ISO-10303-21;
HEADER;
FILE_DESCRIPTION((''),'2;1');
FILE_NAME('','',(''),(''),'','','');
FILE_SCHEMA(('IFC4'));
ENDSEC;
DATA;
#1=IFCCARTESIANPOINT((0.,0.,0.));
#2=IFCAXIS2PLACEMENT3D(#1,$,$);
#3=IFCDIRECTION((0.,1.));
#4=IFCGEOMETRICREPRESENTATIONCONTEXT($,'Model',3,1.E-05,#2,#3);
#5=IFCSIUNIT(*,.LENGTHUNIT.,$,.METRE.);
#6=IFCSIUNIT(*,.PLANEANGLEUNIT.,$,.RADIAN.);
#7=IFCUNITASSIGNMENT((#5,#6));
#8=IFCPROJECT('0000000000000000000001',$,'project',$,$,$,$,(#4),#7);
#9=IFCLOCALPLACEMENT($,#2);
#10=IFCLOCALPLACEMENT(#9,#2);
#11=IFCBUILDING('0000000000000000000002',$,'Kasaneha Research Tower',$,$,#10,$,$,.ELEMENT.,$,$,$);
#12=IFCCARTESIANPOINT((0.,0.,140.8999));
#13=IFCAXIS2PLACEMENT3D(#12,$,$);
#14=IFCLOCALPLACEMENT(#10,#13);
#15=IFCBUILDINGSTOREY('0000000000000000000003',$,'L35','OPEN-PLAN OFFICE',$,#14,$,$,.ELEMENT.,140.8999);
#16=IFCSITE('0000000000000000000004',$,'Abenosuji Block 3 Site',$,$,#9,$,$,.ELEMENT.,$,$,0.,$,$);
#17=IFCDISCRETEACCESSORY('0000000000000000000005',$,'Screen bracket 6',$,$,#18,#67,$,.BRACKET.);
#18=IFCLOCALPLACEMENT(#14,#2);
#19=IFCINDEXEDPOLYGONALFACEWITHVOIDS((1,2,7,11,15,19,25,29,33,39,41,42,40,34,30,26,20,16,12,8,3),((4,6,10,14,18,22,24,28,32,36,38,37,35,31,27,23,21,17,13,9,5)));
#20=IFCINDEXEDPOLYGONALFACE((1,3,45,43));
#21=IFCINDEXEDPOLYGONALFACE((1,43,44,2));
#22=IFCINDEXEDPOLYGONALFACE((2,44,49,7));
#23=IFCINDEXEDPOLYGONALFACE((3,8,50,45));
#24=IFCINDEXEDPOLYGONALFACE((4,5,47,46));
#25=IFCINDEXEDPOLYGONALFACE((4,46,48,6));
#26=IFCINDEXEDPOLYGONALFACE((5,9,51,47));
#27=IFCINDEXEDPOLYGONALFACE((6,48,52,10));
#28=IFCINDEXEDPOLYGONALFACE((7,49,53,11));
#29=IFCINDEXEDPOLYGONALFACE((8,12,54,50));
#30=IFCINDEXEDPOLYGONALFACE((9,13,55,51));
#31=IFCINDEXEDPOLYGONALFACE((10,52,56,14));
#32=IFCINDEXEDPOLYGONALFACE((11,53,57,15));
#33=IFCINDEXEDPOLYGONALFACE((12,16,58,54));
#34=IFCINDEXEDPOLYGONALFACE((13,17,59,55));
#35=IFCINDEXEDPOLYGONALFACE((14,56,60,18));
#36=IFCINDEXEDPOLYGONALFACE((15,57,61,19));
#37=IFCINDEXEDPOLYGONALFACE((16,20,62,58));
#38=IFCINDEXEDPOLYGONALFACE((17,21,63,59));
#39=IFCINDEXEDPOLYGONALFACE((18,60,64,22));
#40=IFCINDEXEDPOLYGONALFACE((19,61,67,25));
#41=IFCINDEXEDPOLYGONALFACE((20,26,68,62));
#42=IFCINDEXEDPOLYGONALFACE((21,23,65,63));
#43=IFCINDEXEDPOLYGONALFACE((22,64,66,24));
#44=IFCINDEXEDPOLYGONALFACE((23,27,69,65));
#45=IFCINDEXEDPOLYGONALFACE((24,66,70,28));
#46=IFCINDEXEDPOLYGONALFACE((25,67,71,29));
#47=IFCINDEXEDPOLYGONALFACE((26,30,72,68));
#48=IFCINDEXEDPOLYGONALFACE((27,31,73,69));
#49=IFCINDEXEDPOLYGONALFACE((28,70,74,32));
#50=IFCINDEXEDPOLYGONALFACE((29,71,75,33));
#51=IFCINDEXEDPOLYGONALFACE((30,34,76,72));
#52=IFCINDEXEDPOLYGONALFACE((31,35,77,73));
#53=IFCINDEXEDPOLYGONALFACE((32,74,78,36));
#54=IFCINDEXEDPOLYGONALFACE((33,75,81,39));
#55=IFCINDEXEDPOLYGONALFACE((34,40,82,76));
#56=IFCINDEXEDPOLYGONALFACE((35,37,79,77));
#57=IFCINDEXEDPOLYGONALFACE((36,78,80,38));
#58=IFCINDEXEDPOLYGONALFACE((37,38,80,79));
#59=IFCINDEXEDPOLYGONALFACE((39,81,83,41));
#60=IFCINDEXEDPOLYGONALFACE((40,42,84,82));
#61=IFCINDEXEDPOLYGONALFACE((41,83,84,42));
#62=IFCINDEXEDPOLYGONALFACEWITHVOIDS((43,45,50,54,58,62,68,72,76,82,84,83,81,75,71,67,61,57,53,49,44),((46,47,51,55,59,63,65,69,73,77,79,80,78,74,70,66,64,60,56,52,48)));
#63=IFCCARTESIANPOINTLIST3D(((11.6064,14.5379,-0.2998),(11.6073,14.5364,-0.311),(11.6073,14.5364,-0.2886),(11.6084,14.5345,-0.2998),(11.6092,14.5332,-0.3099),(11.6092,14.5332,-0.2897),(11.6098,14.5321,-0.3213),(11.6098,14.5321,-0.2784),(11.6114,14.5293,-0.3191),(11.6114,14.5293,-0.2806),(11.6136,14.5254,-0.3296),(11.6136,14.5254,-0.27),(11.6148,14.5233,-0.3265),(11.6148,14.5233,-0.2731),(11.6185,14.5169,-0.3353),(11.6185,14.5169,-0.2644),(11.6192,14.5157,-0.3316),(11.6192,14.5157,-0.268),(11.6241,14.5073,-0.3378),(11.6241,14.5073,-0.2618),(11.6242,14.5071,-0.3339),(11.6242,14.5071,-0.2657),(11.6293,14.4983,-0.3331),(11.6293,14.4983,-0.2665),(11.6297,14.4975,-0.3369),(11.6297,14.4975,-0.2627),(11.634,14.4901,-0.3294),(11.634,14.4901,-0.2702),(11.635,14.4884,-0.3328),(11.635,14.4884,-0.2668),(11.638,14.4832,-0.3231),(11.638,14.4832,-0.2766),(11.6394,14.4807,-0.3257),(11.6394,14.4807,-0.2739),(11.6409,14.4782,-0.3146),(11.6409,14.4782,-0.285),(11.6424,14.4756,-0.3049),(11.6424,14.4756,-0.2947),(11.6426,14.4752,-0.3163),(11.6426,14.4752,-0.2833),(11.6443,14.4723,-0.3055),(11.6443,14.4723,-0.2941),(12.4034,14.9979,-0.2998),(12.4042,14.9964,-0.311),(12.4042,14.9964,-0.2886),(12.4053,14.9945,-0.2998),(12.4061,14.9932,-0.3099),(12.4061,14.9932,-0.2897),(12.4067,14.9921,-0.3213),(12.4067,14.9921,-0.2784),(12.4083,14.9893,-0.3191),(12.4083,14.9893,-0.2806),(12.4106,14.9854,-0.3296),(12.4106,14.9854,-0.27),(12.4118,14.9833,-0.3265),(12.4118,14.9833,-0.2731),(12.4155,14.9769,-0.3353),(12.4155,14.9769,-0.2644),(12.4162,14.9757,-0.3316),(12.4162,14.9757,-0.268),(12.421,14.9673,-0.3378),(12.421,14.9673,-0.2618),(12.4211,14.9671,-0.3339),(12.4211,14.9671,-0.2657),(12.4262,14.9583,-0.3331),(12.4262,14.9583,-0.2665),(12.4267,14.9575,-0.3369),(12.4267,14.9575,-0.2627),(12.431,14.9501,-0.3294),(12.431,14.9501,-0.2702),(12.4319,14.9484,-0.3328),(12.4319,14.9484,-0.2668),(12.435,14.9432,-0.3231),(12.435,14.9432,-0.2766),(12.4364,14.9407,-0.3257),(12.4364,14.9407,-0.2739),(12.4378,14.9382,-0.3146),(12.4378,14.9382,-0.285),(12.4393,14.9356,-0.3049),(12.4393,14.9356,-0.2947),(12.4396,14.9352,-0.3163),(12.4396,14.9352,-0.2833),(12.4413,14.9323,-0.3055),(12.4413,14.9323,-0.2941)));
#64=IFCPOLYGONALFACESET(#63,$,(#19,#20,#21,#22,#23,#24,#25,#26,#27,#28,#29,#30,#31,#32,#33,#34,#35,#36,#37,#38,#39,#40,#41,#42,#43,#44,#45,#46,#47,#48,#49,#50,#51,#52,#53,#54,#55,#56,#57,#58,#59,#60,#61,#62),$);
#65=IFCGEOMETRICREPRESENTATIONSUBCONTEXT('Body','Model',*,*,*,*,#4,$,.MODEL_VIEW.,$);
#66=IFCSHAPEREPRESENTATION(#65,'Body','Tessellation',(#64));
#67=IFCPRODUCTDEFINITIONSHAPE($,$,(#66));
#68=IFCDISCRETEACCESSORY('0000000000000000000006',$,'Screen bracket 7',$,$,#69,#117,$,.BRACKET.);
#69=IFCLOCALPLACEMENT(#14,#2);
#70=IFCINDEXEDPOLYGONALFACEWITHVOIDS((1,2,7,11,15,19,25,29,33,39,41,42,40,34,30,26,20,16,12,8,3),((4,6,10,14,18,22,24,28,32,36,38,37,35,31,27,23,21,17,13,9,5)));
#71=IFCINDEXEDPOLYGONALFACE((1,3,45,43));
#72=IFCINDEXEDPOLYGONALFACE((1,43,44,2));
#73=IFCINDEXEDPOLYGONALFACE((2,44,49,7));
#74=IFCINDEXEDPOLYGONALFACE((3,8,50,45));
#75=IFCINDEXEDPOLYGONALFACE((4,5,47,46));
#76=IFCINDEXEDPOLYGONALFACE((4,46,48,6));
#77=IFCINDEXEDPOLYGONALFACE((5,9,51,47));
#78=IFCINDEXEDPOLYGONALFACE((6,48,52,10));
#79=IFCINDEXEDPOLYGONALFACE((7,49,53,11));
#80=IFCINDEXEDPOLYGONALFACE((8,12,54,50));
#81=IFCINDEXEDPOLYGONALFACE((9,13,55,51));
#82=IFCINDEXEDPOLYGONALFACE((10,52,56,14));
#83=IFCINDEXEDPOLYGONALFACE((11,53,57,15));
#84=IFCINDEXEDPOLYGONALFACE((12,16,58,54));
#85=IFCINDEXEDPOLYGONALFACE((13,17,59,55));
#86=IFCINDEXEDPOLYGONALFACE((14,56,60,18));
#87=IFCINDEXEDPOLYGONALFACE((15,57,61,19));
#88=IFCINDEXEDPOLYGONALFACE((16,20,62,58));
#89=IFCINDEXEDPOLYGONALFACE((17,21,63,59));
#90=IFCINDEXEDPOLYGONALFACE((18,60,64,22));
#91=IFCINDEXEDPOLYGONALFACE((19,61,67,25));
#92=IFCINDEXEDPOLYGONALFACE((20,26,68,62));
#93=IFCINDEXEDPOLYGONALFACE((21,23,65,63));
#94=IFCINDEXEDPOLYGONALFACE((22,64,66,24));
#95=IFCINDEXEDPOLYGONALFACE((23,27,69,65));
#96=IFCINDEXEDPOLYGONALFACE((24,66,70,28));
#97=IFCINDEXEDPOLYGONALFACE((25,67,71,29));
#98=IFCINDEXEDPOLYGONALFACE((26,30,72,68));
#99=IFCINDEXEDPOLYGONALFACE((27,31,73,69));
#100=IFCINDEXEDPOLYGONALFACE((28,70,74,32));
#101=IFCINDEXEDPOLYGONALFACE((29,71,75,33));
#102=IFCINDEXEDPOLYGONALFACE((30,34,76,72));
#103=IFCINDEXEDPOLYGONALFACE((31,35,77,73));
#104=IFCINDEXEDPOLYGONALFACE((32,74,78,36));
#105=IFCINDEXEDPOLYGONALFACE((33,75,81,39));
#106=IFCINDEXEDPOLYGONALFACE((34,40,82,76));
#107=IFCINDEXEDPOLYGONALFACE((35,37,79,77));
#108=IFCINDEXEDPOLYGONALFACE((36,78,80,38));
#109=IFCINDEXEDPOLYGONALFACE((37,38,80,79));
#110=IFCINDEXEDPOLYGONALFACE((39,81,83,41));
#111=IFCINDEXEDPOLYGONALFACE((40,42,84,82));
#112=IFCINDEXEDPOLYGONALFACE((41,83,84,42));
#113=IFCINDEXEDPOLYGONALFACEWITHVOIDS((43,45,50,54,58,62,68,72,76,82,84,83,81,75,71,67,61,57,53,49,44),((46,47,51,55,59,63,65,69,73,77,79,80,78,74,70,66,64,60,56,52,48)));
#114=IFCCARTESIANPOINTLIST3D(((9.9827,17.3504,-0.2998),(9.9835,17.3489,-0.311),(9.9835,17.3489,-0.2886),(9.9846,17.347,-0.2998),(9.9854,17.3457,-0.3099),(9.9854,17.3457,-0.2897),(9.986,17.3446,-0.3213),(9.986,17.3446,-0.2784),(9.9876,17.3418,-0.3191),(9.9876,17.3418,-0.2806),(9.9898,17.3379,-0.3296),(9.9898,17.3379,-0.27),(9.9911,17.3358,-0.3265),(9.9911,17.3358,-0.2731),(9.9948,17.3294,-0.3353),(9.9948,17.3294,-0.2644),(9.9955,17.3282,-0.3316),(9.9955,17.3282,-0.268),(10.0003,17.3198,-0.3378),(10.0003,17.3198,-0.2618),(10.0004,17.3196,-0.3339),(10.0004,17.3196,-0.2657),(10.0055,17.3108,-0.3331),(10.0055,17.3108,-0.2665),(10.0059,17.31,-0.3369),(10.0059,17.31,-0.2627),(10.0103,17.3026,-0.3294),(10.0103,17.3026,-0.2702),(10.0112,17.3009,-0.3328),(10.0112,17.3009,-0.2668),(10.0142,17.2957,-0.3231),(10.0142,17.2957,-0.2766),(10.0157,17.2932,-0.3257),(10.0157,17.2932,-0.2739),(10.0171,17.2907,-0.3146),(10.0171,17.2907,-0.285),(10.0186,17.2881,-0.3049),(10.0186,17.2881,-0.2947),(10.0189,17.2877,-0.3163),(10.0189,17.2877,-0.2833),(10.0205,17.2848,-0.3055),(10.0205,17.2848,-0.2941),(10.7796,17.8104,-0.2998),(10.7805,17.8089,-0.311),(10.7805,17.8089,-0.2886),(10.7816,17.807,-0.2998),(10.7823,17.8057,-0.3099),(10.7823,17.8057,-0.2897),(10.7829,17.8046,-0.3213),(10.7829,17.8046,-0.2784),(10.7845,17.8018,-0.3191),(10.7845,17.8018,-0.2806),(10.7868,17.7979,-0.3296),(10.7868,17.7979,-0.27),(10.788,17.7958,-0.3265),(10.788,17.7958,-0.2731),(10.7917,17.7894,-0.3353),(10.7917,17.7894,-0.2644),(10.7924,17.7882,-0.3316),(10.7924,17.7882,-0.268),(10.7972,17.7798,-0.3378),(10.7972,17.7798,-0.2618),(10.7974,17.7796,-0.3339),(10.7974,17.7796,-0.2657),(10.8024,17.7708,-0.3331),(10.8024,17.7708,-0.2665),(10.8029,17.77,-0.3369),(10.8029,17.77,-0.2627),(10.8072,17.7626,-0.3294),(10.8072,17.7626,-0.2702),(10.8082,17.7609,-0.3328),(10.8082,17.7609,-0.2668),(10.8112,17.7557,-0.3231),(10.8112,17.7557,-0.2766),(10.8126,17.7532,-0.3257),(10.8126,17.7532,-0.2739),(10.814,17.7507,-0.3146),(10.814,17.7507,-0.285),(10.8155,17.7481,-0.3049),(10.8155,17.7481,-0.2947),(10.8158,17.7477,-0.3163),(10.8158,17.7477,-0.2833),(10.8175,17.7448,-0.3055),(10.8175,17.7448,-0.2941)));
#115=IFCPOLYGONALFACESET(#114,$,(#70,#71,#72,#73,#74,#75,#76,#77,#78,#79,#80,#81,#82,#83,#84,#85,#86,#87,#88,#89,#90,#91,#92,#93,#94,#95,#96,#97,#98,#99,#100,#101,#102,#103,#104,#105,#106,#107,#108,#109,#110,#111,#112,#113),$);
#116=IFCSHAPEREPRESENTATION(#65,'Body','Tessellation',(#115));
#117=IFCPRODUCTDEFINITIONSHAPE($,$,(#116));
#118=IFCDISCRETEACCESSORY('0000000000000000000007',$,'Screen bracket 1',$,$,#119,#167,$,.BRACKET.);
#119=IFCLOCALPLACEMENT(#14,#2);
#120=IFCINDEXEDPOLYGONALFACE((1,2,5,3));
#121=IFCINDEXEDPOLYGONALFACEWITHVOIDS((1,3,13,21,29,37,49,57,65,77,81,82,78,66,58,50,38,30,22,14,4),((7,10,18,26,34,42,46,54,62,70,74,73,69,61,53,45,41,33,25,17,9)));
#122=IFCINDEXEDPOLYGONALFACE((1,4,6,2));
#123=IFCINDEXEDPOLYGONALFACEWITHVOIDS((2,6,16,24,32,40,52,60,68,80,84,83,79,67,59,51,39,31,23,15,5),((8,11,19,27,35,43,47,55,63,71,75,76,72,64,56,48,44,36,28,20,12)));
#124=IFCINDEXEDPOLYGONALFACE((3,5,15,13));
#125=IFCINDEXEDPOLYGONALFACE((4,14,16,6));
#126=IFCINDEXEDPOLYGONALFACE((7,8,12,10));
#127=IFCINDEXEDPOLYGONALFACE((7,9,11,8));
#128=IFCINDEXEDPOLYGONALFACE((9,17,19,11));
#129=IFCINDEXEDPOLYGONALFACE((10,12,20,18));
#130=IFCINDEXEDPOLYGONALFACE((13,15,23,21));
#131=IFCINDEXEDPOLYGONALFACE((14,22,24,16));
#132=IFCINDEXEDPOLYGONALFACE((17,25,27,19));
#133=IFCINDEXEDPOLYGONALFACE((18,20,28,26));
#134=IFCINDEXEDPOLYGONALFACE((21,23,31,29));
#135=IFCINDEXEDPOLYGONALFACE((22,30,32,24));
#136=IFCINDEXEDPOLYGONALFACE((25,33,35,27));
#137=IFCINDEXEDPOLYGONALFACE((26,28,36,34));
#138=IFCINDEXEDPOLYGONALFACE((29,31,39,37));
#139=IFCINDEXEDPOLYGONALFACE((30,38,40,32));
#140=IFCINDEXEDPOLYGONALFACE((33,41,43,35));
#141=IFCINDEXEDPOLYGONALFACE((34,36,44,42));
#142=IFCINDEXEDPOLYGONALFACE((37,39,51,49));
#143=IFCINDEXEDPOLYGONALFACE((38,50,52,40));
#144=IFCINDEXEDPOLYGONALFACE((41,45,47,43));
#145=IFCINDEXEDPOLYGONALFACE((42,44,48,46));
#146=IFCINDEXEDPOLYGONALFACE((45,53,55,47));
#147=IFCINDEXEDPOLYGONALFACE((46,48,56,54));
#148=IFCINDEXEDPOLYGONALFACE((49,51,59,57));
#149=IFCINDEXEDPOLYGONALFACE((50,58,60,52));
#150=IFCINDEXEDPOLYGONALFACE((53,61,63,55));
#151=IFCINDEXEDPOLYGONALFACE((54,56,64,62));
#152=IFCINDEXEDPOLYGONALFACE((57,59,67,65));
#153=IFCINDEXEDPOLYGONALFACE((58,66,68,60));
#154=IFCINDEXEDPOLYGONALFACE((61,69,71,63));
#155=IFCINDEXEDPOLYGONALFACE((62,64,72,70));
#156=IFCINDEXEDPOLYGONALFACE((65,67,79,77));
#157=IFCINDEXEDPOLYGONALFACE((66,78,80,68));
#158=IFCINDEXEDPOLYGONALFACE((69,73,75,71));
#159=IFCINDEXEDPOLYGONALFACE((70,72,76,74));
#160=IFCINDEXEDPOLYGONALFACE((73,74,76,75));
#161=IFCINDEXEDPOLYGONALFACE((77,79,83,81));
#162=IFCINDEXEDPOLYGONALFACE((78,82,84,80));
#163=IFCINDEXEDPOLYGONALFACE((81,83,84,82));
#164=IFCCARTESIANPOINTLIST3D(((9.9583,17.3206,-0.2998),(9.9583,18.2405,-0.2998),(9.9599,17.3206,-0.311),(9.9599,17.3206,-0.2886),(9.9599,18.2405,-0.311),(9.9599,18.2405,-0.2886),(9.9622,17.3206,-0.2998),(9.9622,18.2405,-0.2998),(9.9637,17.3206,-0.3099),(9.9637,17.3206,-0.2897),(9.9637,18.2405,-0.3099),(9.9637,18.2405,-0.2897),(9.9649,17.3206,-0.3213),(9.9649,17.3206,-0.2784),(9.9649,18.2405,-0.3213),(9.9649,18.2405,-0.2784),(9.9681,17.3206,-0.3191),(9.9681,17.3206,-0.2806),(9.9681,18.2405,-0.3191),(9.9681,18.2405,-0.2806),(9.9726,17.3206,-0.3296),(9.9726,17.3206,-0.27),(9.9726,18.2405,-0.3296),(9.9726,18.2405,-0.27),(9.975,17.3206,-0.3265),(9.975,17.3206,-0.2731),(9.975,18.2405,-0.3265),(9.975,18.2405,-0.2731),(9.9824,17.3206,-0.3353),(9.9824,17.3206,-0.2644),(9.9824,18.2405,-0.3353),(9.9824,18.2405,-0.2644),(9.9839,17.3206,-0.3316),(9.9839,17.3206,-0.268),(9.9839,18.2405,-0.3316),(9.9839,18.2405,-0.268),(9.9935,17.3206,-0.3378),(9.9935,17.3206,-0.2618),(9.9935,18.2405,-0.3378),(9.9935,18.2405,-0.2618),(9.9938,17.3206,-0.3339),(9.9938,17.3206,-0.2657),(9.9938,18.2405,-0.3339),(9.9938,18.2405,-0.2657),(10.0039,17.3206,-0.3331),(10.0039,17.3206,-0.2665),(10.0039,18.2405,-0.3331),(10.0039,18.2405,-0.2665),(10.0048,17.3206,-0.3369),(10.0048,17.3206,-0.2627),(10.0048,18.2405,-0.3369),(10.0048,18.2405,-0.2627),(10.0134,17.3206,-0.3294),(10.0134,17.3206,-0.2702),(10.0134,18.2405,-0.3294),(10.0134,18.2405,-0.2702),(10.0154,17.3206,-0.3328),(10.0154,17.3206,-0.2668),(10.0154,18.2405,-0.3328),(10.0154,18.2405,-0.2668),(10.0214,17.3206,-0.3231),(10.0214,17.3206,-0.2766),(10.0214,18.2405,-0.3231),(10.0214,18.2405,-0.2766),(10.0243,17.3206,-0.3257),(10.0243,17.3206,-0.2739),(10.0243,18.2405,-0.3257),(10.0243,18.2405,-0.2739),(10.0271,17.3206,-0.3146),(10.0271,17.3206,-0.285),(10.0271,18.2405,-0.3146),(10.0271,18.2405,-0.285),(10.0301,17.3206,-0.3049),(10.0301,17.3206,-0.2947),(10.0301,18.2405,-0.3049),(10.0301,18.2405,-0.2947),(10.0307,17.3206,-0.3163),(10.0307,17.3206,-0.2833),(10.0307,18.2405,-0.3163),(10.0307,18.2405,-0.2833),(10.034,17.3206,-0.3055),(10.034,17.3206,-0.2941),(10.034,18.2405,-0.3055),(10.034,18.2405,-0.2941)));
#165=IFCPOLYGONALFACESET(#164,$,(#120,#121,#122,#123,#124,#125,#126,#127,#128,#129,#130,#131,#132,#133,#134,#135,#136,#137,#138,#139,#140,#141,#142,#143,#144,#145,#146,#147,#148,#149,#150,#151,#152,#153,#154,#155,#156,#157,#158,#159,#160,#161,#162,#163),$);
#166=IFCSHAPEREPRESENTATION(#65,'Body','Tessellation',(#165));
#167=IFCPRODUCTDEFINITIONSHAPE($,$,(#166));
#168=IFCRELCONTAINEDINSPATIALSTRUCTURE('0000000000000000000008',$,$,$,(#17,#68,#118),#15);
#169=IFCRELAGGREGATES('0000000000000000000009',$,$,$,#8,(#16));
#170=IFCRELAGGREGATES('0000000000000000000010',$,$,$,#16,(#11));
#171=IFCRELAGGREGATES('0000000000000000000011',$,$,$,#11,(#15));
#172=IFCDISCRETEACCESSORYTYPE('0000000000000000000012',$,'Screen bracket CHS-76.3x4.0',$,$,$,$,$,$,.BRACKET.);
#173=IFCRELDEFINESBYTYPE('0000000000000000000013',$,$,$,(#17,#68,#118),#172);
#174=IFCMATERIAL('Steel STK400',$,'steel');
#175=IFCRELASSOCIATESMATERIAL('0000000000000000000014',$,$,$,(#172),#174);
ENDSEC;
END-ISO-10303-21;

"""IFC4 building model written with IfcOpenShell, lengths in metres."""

from ifc_helpers import new_model, si_unit, direction, frame, origin, origin_2d, place, context, subcontext, project, spatial, hollow_circle, extrude, material, material_profile, profile_set, type_object, element, save


model = new_model("IFC4")

# Units and contexts
model_context = context("Model", 3, precision=1e-05, world=origin(), true_north=direction((0.0, 1.0)))
body_context = subcontext(model_context, "Body", "Model", "MODEL_VIEW")
ifc_project = project(units=[si_unit("LENGTHUNIT", "METRE"), si_unit("PLANEANGLEUNIT", "RADIAN")], contexts=[model_context])

# Site, building, storey
site_placement = place(None, origin())
site = spatial("IfcSite", under=ifc_project, at=site_placement, Name="Abenosuji Block 3 Site", CompositionType="ELEMENT", RefElevation=0.0)
building_placement = place(site_placement, origin())
building = spatial("IfcBuilding", under=site, at=building_placement, Name="Kasaneha Research Tower", CompositionType="ELEMENT")
storey_placement = place(building_placement, frame((0.0, 0.0, 140.8999)))
storey = spatial("IfcBuildingStorey", under=building, at=storey_placement, Name="L35", Description="OPEN-PLAN OFFICE", CompositionType="ELEMENT", Elevation=140.8999)

# Discrete accessories
ifc_material_1 = material(Name="Steel STK400", Category="steel")
ifc_material_profile_1 = material_profile(ifc_material_1, hollow_circle(Radius=0.0381, WallThickness=0.0039, at=origin_2d()), Name="CHS-76.3x4.0")
ifc_profile_set_1 = profile_set([ifc_material_profile_1], Name="Steel STK400")
discrete_accessory_type = type_object("IfcDiscreteAccessoryType", Name="Screen bracket CHS-76.3x4.0", PredefinedType="BRACKET", material=ifc_profile_set_1)
for number, where, z_axis, x_axis, name in (
    (1, (11.6255, 14.5049, -0.2998), (0.86608, 0.499906, 0.0), (-0.499906, 0.86608, 0.0), "Screen bracket 6"),
    (2, (10.0017, 17.3174, -0.2998), (0.86608, 0.499906, 0.0), (-0.499906, 0.86608, 0.0), "Screen bracket 7"),
):
    element("IfcDiscreteAccessory", number, at=place(storey_placement, frame(where, z_axis=z_axis, x_axis=x_axis)), inside=storey, type_object=discrete_accessory_type, Name=name, PredefinedType="BRACKET", context=body_context, shape_type="SweptSolid", body=[
        extrude(hollow_circle(Radius=0.0381, WallThickness=0.0039, at=origin_2d()), origin(), (0.0, 0.0, 1.0), 0.9202),
    ])
discrete_accessory_placement = place(storey_placement, frame((9.9963, 17.3206, -0.2998), z_axis=(0.0, 1.0, 0.0), x_axis=(-1.0, 0.0, 0.0)))
element("IfcDiscreteAccessory", 3, at=discrete_accessory_placement, inside=storey, type_object=discrete_accessory_type, Name="Screen bracket 1", PredefinedType="BRACKET", context=body_context, shape_type="SweptSolid", body=[
    extrude(hollow_circle(Radius=0.0381, WallThickness=0.0039, at=origin_2d()), origin(), (0.0, 0.0, 1.0), 0.9199),
])

save(model, "model.ifc")
